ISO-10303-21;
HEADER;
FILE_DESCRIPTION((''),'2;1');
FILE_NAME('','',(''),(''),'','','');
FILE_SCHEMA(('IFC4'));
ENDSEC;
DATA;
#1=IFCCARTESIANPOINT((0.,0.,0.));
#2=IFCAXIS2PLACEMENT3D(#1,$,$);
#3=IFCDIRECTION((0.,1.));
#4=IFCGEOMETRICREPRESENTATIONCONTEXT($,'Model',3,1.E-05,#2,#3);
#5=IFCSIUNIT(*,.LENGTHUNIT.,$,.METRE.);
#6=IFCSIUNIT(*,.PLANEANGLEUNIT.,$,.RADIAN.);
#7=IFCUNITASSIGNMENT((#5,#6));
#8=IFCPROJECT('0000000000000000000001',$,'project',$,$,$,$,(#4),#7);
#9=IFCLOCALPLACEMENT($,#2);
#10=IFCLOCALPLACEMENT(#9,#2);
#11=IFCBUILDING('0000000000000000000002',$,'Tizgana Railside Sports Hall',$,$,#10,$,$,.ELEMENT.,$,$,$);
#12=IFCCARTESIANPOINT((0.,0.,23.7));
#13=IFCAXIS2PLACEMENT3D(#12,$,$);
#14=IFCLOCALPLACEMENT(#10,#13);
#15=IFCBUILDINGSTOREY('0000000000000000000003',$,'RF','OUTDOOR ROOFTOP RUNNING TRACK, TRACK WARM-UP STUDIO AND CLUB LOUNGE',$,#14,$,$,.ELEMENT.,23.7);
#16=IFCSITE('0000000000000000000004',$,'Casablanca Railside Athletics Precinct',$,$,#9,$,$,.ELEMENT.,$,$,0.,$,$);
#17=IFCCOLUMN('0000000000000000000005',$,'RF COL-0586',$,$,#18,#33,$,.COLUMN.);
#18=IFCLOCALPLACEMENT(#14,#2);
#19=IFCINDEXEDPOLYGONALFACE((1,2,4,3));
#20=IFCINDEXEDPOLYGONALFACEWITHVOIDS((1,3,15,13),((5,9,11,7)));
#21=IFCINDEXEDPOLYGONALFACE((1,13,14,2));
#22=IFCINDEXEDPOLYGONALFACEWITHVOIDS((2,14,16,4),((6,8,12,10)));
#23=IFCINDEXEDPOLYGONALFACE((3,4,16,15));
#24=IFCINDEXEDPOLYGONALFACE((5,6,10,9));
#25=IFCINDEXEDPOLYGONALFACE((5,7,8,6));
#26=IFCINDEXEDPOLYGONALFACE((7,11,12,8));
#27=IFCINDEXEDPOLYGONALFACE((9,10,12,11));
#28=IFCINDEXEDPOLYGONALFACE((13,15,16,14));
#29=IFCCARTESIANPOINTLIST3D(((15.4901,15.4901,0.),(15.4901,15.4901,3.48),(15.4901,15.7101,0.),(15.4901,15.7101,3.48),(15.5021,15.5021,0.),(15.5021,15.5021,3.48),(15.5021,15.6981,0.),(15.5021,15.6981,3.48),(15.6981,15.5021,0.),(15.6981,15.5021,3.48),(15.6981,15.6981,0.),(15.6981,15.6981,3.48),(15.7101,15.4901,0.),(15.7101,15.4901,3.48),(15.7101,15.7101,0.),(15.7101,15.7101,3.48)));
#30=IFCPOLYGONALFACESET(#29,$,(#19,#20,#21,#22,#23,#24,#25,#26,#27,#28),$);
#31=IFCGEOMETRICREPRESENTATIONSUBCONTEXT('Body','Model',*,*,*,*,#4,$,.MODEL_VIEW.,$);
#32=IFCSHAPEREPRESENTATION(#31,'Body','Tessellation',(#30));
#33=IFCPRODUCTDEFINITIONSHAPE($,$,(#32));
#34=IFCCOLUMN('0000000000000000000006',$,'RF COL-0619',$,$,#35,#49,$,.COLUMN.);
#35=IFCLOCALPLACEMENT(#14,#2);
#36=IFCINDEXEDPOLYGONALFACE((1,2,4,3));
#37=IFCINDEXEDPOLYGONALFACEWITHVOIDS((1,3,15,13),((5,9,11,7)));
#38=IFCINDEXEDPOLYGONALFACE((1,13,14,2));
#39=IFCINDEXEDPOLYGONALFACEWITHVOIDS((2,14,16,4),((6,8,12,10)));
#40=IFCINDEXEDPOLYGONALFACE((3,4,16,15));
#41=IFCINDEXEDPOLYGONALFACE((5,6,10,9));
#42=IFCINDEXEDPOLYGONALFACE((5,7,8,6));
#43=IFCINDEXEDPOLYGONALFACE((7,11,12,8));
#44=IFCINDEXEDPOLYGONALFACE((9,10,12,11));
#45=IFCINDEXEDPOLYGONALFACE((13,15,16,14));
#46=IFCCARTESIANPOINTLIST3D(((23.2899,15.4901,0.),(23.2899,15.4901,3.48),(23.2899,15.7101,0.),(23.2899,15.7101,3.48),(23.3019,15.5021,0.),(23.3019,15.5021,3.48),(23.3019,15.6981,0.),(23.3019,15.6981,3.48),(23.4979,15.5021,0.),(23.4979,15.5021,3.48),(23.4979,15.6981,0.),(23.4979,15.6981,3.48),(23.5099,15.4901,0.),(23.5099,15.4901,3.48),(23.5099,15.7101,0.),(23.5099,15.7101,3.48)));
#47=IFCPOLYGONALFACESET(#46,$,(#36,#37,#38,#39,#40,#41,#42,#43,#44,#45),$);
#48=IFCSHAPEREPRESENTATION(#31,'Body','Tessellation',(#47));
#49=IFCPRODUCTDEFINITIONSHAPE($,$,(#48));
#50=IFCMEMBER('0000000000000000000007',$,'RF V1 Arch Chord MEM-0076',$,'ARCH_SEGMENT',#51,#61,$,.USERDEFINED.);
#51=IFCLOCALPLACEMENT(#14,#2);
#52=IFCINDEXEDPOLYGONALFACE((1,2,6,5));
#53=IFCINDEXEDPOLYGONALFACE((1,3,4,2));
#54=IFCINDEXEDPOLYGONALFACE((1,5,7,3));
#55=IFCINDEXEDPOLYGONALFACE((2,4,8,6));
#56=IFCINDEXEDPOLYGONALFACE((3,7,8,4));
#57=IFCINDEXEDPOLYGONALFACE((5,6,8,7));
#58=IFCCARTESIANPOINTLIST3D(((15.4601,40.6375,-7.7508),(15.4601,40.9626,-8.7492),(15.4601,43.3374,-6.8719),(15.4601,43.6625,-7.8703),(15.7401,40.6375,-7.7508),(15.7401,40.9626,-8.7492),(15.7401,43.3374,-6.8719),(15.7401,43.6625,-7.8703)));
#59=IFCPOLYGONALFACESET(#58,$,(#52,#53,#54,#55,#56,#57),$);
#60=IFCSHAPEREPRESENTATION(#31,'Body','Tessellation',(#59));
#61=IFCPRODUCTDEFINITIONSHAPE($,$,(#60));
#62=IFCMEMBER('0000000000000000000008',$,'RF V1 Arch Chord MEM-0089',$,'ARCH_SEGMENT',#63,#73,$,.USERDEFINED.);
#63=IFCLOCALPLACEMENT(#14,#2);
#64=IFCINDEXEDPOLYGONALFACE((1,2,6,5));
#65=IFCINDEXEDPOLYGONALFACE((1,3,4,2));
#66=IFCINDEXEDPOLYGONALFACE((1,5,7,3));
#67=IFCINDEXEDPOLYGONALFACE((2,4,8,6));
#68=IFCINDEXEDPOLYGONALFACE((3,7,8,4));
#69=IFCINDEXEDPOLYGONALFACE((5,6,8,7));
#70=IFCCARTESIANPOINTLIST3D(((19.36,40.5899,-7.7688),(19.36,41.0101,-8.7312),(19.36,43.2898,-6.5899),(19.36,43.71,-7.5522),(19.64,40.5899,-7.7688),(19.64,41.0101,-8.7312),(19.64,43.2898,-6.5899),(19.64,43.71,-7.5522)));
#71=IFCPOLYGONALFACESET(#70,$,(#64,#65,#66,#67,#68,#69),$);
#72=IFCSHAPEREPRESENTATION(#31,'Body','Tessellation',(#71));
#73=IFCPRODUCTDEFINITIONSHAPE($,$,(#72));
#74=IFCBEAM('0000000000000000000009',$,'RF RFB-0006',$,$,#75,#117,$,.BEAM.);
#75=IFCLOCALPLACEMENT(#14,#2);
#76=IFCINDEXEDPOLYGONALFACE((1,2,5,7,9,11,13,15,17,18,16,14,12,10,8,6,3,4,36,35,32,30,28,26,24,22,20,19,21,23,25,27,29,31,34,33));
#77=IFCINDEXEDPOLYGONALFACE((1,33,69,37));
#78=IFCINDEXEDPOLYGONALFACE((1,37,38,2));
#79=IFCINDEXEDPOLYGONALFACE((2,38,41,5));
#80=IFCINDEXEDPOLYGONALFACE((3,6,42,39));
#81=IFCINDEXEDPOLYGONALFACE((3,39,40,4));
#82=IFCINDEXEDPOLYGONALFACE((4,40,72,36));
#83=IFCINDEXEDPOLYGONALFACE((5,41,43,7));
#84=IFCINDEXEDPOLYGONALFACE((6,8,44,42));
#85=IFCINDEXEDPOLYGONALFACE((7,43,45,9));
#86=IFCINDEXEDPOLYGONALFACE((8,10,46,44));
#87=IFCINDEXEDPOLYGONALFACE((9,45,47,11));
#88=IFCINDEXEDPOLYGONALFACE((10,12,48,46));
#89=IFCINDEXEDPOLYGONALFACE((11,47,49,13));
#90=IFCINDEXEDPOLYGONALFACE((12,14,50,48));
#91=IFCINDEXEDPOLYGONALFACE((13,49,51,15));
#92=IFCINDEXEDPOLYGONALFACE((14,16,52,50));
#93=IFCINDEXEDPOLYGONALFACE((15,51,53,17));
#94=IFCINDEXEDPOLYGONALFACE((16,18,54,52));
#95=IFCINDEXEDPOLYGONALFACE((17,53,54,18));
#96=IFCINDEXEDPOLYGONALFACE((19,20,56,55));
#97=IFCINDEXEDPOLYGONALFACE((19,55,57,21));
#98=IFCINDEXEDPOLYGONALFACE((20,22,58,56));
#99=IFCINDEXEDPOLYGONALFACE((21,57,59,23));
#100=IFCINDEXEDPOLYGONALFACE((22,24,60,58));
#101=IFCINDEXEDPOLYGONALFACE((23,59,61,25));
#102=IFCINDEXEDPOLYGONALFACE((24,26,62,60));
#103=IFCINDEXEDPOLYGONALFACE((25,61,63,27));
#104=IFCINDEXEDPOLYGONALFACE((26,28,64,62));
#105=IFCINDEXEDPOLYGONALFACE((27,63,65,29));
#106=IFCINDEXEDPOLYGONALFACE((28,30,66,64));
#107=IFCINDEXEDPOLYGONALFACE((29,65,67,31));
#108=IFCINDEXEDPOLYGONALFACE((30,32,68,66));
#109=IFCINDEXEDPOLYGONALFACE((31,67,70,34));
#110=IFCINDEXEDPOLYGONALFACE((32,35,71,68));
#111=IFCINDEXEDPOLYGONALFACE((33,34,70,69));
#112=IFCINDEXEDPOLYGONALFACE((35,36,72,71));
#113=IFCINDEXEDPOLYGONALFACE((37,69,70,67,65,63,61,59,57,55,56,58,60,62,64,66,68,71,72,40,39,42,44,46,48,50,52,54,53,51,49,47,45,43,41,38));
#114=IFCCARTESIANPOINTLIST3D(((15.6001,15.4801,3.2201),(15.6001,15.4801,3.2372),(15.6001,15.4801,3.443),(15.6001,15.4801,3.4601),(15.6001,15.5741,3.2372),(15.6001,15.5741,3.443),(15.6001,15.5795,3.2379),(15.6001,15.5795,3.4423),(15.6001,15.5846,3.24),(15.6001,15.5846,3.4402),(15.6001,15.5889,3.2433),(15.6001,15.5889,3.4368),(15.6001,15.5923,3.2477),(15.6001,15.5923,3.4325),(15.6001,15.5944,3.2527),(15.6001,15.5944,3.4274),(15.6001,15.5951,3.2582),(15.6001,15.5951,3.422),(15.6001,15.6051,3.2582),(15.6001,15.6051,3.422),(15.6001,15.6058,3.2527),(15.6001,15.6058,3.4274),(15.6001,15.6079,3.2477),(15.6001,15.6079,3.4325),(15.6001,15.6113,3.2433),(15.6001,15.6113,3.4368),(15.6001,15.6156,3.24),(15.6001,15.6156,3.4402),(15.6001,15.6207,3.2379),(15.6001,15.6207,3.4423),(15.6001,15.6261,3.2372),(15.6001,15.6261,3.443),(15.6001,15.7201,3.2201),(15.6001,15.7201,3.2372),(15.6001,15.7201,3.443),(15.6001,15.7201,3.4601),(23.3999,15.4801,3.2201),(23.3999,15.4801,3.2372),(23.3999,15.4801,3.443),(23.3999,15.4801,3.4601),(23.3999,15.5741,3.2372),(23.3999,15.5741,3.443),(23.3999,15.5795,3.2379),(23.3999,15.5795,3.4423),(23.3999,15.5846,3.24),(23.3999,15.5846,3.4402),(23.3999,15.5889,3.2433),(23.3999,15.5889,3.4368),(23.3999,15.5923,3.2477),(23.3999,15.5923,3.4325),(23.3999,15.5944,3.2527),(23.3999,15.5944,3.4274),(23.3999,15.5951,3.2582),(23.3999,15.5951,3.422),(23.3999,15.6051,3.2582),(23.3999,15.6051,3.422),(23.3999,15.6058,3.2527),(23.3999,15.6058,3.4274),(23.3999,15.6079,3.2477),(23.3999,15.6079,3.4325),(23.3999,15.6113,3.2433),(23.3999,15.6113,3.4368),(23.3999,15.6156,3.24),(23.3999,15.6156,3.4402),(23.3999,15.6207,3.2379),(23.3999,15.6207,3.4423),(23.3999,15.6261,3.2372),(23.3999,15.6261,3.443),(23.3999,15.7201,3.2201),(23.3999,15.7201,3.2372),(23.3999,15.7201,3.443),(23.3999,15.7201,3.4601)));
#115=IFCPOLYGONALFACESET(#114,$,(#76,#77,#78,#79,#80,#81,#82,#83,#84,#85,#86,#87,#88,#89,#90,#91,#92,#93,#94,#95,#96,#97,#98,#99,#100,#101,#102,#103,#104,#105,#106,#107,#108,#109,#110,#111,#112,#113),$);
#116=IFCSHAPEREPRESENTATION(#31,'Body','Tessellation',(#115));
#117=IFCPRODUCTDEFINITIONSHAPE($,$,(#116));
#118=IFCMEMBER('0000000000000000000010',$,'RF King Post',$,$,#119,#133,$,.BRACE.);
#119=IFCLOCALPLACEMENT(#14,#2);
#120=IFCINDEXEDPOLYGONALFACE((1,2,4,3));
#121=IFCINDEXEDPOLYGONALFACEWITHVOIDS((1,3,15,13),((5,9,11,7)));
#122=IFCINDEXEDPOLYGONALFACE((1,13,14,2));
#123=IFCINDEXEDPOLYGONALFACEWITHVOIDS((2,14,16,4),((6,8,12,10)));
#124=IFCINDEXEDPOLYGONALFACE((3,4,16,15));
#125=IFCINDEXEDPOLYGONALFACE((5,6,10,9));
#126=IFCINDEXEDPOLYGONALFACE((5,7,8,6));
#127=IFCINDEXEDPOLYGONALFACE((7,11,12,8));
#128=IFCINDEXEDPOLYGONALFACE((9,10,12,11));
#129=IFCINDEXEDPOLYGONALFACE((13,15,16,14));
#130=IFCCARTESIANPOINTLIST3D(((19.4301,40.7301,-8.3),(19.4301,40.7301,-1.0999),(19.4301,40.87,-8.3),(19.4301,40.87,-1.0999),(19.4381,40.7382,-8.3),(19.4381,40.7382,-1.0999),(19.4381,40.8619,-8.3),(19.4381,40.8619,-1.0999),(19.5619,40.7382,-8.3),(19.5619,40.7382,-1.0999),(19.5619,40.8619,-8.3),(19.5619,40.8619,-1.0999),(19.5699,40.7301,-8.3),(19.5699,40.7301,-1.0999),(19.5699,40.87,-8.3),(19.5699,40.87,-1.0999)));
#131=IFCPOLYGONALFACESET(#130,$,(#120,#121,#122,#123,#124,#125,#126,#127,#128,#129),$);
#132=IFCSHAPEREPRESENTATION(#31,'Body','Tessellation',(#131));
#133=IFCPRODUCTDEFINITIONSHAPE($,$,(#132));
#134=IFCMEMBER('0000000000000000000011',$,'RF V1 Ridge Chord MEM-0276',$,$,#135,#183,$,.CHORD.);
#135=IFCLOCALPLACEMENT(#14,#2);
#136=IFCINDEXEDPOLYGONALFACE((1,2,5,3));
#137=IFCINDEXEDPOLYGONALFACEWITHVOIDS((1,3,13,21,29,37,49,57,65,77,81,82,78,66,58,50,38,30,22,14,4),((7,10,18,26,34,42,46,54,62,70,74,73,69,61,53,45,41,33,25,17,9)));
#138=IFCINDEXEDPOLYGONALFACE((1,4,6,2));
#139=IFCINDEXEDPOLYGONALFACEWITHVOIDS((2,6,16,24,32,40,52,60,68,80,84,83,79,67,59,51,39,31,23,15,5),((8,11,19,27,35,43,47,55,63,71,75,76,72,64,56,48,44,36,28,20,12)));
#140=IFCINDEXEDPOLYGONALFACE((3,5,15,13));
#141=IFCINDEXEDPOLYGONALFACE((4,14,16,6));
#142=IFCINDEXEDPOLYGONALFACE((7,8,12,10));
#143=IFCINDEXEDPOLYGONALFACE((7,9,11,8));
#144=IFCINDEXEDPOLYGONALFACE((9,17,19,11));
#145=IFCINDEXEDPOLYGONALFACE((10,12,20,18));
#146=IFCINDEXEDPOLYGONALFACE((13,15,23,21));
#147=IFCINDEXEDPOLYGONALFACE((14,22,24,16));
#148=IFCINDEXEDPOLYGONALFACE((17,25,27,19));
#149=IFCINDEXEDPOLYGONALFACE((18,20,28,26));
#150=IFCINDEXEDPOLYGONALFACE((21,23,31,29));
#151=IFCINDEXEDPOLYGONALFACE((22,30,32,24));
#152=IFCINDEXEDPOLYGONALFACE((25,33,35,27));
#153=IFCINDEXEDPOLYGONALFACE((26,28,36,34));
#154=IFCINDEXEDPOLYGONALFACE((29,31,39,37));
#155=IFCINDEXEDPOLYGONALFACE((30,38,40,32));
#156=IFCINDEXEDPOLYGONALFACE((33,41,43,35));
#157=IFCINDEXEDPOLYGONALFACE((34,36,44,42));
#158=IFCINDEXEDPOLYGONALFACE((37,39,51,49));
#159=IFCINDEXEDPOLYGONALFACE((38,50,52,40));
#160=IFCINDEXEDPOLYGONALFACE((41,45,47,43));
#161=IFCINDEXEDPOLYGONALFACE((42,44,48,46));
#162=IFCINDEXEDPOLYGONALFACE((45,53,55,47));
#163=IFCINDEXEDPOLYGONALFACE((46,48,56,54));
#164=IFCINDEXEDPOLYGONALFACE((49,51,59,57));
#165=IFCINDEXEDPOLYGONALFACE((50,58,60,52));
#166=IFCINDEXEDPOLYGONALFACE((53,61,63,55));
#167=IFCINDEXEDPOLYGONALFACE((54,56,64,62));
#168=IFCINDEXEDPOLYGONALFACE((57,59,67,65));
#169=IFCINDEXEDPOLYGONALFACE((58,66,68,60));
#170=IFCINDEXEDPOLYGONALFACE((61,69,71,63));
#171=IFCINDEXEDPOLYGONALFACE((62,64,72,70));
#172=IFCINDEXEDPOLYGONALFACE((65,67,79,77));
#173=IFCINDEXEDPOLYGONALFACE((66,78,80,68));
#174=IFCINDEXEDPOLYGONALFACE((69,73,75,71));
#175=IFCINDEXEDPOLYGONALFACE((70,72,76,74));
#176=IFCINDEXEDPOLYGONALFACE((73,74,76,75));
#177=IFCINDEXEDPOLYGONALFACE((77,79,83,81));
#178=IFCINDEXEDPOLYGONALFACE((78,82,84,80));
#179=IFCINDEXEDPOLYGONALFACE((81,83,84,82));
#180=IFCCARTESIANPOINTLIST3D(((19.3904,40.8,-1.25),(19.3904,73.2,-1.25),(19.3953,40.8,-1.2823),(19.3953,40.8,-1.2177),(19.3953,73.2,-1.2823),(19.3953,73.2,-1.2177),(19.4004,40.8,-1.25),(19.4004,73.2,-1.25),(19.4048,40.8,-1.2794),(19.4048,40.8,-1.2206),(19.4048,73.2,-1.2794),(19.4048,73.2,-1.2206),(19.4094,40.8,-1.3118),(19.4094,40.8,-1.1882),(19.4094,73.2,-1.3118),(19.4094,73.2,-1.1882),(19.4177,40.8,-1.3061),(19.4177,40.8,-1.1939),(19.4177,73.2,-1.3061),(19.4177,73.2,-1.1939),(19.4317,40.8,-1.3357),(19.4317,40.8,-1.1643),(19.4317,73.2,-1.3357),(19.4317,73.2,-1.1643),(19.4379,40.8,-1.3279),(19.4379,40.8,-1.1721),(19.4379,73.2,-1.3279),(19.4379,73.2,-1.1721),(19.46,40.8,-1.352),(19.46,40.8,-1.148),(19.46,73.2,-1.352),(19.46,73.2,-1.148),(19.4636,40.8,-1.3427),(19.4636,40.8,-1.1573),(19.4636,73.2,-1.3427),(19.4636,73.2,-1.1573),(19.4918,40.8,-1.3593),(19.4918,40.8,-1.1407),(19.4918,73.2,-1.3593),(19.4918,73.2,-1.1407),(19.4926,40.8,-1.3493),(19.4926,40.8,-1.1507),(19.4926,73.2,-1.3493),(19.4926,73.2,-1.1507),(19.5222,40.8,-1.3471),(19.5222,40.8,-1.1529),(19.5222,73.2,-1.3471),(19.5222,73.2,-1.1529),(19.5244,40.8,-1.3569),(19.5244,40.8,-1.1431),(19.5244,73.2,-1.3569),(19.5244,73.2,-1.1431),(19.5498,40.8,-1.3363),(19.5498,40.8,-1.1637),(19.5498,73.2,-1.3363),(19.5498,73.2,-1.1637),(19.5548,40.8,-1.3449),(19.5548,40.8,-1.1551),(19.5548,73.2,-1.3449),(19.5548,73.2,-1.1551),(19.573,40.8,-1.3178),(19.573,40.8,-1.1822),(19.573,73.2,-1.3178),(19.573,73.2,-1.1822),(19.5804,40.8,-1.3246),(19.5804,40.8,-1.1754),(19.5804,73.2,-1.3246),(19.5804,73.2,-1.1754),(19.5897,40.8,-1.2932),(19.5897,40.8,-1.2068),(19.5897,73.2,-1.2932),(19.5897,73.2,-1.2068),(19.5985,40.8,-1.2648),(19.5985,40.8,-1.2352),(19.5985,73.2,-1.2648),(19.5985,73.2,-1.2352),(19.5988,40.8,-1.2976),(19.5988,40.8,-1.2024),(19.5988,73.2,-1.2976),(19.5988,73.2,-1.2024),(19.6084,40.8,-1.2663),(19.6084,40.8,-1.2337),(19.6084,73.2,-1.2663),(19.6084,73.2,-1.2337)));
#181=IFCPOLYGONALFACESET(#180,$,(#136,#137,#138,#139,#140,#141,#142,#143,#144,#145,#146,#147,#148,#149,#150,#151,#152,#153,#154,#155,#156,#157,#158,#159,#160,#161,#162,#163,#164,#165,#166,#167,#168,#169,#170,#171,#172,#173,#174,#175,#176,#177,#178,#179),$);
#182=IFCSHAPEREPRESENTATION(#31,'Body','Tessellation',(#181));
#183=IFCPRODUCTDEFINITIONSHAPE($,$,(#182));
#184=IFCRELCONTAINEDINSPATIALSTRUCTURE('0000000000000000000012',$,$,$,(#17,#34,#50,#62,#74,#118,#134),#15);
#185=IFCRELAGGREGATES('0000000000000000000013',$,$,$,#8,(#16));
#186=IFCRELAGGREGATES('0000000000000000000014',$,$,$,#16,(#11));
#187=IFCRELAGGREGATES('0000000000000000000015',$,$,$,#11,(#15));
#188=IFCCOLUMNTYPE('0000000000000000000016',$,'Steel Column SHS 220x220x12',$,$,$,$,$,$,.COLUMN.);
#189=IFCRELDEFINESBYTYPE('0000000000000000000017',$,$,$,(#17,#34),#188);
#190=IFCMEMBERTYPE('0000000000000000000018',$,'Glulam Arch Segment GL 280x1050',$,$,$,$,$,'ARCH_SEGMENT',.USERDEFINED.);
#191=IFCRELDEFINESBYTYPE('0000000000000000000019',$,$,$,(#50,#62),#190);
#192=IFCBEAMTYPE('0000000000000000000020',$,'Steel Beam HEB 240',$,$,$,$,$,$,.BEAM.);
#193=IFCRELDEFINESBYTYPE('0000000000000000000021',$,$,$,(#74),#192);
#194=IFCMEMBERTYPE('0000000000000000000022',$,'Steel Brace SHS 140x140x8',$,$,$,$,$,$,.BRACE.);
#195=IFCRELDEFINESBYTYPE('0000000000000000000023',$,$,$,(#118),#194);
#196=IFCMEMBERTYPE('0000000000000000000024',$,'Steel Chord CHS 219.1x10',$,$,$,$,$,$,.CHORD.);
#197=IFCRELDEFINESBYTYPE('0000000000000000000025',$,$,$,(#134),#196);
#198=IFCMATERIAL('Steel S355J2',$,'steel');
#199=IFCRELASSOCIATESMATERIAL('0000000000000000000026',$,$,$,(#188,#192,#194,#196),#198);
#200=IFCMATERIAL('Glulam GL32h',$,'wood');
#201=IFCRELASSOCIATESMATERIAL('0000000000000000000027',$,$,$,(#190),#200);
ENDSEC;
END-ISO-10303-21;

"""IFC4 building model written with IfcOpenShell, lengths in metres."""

from ifc_helpers import new_model, si_unit, direction, frame, origin, origin_2d, place, context, subcontext, project, spatial, rectangle, hollow_rectangle, hollow_circle, i_section, extrude, material, material_profile, profile_set, type_object, element, save


model = new_model("IFC4")

# Units and contexts
model_context = context("Model", 3, precision=1e-05, world=origin(), true_north=direction((0.0, 1.0)))
body_context = subcontext(model_context, "Body", "Model", "MODEL_VIEW")
ifc_project = project(units=[si_unit("LENGTHUNIT", "METRE"), si_unit("PLANEANGLEUNIT", "RADIAN")], contexts=[model_context])

# Site, building, storey
site_placement = place(None, origin())
site = spatial("IfcSite", under=ifc_project, at=site_placement, Name="Casablanca Railside Athletics Precinct", CompositionType="ELEMENT", RefElevation=0.0)
building_placement = place(site_placement, origin())
building = spatial("IfcBuilding", under=site, at=building_placement, Name="Tizgana Railside Sports Hall", CompositionType="ELEMENT")
storey_placement = place(building_placement, frame((0.0, 0.0, 23.7)))
storey = spatial("IfcBuildingStorey", under=building, at=storey_placement, Name="RF", Description="OUTDOOR ROOFTOP RUNNING TRACK, TRACK WARM-UP STUDIO AND CLUB LOUNGE", CompositionType="ELEMENT", Elevation=23.7)

# Columns
ifc_material_1 = material(Name="Steel S355J2", Category="steel")
ifc_material_profile_1 = material_profile(ifc_material_1, hollow_rectangle(XDim=0.22, YDim=0.22, WallThickness=0.012, at=origin_2d()), Name="SHS 220x220x12")
ifc_profile_set_1 = profile_set([ifc_material_profile_1], Name="Steel S355J2")
column_type = type_object("IfcColumnType", Name="Steel Column SHS 220x220x12", PredefinedType="COLUMN", material=ifc_profile_set_1)
for number, where, z_axis, x_axis, name in (
    (1, (15.6001, 15.6001, 0.0), (0.0, 0.0, 1.0), (1.0, 0.0, 0.0), "RF COL-0586"),
    (2, (23.3999, 15.6001, 0.0), (0.0, 0.0, 1.0), (1.0, 0.0, 0.0), "RF COL-0619"),
):
    element("IfcColumn", number, at=place(storey_placement, frame(where, z_axis=z_axis, x_axis=x_axis)), inside=storey, type_object=column_type, Name=name, PredefinedType="COLUMN", context=body_context, shape_type="SweptSolid", body=[
        extrude(hollow_rectangle(XDim=0.22, YDim=0.22, WallThickness=0.012, at=origin_2d()), origin(), (0.0, 0.0, 1.0), 3.48),
    ])

# Members
ifc_material_2 = material(Name="Glulam GL32h", Category="wood")
ifc_material_profile_2 = material_profile(ifc_material_2, rectangle(XDim=0.28, YDim=1.05, at=origin_2d()), Name="GL 280x1050")
ifc_profile_set_2 = profile_set([ifc_material_profile_2], Name="Glulam GL32h")
member_type_1 = type_object("IfcMemberType", Name="Glulam Arch Segment GL 280x1050", ElementType="ARCH_SEGMENT", PredefinedType="USERDEFINED", material=ifc_profile_set_2)
member_1_placement = place(storey_placement, frame((15.6001, 40.8, -8.25), z_axis=(0.0, 0.950887, 0.309539), x_axis=(-1.0, 0.0, 0.0)))
element("IfcMember", 3, at=member_1_placement, inside=storey, type_object=member_type_1, Name="RF V1 Arch Chord MEM-0076", ObjectType="ARCH_SEGMENT", PredefinedType="USERDEFINED", context=body_context, shape_type="SweptSolid", body=[
    extrude(rectangle(XDim=0.28, YDim=1.05, at=origin_2d()), origin(), (0.0, 0.0, 1.0), 2.8394),
])
member_2_placement = place(storey_placement, frame((19.5, 40.8, -8.25), z_axis=(0.0, 0.91644, 0.400171), x_axis=(-1.0, 0.0, 0.0)))
element("IfcMember", 4, at=member_2_placement, inside=storey, type_object=member_type_1, Name="RF V1 Arch Chord MEM-0089", ObjectType="ARCH_SEGMENT", PredefinedType="USERDEFINED", context=body_context, shape_type="SweptSolid", body=[
    extrude(rectangle(XDim=0.28, YDim=1.05, at=origin_2d()), origin(), (0.0, 0.0, 1.0), 2.946),
])

# Beam
ifc_material_profile_3 = material_profile(ifc_material_1, i_section(OverallWidth=0.24, OverallDepth=0.24, WebThickness=0.01, FlangeThickness=0.0171, FilletRadius=0.021, at=origin_2d()), Name="HEB 240")
ifc_profile_set_3 = profile_set([ifc_material_profile_3], Name="Steel S355J2")
beam_type = type_object("IfcBeamType", Name="Steel Beam HEB 240", PredefinedType="BEAM", material=ifc_profile_set_3)
beam_placement = place(storey_placement, frame((15.6001, 15.6001, 3.3401), z_axis=(1.0, 0.0, 0.0), x_axis=(0.0, 1.0, 0.0)))
element("IfcBeam", 5, at=beam_placement, inside=storey, type_object=beam_type, Name="RF RFB-0006", PredefinedType="BEAM", context=body_context, shape_type="SweptSolid", body=[
    extrude(i_section(OverallWidth=0.24, OverallDepth=0.24, WebThickness=0.01, FlangeThickness=0.0171, FilletRadius=0.021, at=origin_2d()), origin(), (0.0, 0.0, 1.0), 7.7998),
])

# Members
ifc_material_profile_4 = material_profile(ifc_material_1, hollow_rectangle(XDim=0.1399, YDim=0.1399, WallThickness=0.0081, at=origin_2d()), Name="SHS 140x140x8")
ifc_profile_set_4 = profile_set([ifc_material_profile_4], Name="Steel S355J2")
member_type_2 = type_object("IfcMemberType", Name="Steel Brace SHS 140x140x8", PredefinedType="BRACE", material=ifc_profile_set_4)
member_3_placement = place(storey_placement, frame((19.5, 40.8, -8.3), z_axis=(0.0, 0.0, 1.0), x_axis=(1.0, 0.0, 0.0)))
element("IfcMember", 6, at=member_3_placement, inside=storey, type_object=member_type_2, Name="RF King Post", PredefinedType="BRACE", context=body_context, shape_type="SweptSolid", body=[
    extrude(hollow_rectangle(XDim=0.1399, YDim=0.1399, WallThickness=0.0081, at=origin_2d()), origin(), (0.0, 0.0, 1.0), 7.2002),
])
ifc_material_profile_5 = material_profile(ifc_material_1, hollow_circle(Radius=0.1096, WallThickness=0.01, at=origin_2d()), Name="CHS 219.1x10")
ifc_profile_set_5 = profile_set([ifc_material_profile_5], Name="Steel S355J2")
member_type_3 = type_object("IfcMemberType", Name="Steel Chord CHS 219.1x10", PredefinedType="CHORD", material=ifc_profile_set_5)
member_4_placement = place(storey_placement, frame((19.5, 40.8, -1.25), z_axis=(0.0, 1.0, 0.0), x_axis=(-1.0, 0.0, 0.0)))
element("IfcMember", 7, at=member_4_placement, inside=storey, type_object=member_type_3, Name="RF V1 Ridge Chord MEM-0276", PredefinedType="CHORD", context=body_context, shape_type="SweptSolid", body=[
    extrude(hollow_circle(Radius=0.1096, WallThickness=0.01, at=origin_2d()), origin(), (0.0, 0.0, 1.0), 32.3999),
])

save(model, "model.ifc")
